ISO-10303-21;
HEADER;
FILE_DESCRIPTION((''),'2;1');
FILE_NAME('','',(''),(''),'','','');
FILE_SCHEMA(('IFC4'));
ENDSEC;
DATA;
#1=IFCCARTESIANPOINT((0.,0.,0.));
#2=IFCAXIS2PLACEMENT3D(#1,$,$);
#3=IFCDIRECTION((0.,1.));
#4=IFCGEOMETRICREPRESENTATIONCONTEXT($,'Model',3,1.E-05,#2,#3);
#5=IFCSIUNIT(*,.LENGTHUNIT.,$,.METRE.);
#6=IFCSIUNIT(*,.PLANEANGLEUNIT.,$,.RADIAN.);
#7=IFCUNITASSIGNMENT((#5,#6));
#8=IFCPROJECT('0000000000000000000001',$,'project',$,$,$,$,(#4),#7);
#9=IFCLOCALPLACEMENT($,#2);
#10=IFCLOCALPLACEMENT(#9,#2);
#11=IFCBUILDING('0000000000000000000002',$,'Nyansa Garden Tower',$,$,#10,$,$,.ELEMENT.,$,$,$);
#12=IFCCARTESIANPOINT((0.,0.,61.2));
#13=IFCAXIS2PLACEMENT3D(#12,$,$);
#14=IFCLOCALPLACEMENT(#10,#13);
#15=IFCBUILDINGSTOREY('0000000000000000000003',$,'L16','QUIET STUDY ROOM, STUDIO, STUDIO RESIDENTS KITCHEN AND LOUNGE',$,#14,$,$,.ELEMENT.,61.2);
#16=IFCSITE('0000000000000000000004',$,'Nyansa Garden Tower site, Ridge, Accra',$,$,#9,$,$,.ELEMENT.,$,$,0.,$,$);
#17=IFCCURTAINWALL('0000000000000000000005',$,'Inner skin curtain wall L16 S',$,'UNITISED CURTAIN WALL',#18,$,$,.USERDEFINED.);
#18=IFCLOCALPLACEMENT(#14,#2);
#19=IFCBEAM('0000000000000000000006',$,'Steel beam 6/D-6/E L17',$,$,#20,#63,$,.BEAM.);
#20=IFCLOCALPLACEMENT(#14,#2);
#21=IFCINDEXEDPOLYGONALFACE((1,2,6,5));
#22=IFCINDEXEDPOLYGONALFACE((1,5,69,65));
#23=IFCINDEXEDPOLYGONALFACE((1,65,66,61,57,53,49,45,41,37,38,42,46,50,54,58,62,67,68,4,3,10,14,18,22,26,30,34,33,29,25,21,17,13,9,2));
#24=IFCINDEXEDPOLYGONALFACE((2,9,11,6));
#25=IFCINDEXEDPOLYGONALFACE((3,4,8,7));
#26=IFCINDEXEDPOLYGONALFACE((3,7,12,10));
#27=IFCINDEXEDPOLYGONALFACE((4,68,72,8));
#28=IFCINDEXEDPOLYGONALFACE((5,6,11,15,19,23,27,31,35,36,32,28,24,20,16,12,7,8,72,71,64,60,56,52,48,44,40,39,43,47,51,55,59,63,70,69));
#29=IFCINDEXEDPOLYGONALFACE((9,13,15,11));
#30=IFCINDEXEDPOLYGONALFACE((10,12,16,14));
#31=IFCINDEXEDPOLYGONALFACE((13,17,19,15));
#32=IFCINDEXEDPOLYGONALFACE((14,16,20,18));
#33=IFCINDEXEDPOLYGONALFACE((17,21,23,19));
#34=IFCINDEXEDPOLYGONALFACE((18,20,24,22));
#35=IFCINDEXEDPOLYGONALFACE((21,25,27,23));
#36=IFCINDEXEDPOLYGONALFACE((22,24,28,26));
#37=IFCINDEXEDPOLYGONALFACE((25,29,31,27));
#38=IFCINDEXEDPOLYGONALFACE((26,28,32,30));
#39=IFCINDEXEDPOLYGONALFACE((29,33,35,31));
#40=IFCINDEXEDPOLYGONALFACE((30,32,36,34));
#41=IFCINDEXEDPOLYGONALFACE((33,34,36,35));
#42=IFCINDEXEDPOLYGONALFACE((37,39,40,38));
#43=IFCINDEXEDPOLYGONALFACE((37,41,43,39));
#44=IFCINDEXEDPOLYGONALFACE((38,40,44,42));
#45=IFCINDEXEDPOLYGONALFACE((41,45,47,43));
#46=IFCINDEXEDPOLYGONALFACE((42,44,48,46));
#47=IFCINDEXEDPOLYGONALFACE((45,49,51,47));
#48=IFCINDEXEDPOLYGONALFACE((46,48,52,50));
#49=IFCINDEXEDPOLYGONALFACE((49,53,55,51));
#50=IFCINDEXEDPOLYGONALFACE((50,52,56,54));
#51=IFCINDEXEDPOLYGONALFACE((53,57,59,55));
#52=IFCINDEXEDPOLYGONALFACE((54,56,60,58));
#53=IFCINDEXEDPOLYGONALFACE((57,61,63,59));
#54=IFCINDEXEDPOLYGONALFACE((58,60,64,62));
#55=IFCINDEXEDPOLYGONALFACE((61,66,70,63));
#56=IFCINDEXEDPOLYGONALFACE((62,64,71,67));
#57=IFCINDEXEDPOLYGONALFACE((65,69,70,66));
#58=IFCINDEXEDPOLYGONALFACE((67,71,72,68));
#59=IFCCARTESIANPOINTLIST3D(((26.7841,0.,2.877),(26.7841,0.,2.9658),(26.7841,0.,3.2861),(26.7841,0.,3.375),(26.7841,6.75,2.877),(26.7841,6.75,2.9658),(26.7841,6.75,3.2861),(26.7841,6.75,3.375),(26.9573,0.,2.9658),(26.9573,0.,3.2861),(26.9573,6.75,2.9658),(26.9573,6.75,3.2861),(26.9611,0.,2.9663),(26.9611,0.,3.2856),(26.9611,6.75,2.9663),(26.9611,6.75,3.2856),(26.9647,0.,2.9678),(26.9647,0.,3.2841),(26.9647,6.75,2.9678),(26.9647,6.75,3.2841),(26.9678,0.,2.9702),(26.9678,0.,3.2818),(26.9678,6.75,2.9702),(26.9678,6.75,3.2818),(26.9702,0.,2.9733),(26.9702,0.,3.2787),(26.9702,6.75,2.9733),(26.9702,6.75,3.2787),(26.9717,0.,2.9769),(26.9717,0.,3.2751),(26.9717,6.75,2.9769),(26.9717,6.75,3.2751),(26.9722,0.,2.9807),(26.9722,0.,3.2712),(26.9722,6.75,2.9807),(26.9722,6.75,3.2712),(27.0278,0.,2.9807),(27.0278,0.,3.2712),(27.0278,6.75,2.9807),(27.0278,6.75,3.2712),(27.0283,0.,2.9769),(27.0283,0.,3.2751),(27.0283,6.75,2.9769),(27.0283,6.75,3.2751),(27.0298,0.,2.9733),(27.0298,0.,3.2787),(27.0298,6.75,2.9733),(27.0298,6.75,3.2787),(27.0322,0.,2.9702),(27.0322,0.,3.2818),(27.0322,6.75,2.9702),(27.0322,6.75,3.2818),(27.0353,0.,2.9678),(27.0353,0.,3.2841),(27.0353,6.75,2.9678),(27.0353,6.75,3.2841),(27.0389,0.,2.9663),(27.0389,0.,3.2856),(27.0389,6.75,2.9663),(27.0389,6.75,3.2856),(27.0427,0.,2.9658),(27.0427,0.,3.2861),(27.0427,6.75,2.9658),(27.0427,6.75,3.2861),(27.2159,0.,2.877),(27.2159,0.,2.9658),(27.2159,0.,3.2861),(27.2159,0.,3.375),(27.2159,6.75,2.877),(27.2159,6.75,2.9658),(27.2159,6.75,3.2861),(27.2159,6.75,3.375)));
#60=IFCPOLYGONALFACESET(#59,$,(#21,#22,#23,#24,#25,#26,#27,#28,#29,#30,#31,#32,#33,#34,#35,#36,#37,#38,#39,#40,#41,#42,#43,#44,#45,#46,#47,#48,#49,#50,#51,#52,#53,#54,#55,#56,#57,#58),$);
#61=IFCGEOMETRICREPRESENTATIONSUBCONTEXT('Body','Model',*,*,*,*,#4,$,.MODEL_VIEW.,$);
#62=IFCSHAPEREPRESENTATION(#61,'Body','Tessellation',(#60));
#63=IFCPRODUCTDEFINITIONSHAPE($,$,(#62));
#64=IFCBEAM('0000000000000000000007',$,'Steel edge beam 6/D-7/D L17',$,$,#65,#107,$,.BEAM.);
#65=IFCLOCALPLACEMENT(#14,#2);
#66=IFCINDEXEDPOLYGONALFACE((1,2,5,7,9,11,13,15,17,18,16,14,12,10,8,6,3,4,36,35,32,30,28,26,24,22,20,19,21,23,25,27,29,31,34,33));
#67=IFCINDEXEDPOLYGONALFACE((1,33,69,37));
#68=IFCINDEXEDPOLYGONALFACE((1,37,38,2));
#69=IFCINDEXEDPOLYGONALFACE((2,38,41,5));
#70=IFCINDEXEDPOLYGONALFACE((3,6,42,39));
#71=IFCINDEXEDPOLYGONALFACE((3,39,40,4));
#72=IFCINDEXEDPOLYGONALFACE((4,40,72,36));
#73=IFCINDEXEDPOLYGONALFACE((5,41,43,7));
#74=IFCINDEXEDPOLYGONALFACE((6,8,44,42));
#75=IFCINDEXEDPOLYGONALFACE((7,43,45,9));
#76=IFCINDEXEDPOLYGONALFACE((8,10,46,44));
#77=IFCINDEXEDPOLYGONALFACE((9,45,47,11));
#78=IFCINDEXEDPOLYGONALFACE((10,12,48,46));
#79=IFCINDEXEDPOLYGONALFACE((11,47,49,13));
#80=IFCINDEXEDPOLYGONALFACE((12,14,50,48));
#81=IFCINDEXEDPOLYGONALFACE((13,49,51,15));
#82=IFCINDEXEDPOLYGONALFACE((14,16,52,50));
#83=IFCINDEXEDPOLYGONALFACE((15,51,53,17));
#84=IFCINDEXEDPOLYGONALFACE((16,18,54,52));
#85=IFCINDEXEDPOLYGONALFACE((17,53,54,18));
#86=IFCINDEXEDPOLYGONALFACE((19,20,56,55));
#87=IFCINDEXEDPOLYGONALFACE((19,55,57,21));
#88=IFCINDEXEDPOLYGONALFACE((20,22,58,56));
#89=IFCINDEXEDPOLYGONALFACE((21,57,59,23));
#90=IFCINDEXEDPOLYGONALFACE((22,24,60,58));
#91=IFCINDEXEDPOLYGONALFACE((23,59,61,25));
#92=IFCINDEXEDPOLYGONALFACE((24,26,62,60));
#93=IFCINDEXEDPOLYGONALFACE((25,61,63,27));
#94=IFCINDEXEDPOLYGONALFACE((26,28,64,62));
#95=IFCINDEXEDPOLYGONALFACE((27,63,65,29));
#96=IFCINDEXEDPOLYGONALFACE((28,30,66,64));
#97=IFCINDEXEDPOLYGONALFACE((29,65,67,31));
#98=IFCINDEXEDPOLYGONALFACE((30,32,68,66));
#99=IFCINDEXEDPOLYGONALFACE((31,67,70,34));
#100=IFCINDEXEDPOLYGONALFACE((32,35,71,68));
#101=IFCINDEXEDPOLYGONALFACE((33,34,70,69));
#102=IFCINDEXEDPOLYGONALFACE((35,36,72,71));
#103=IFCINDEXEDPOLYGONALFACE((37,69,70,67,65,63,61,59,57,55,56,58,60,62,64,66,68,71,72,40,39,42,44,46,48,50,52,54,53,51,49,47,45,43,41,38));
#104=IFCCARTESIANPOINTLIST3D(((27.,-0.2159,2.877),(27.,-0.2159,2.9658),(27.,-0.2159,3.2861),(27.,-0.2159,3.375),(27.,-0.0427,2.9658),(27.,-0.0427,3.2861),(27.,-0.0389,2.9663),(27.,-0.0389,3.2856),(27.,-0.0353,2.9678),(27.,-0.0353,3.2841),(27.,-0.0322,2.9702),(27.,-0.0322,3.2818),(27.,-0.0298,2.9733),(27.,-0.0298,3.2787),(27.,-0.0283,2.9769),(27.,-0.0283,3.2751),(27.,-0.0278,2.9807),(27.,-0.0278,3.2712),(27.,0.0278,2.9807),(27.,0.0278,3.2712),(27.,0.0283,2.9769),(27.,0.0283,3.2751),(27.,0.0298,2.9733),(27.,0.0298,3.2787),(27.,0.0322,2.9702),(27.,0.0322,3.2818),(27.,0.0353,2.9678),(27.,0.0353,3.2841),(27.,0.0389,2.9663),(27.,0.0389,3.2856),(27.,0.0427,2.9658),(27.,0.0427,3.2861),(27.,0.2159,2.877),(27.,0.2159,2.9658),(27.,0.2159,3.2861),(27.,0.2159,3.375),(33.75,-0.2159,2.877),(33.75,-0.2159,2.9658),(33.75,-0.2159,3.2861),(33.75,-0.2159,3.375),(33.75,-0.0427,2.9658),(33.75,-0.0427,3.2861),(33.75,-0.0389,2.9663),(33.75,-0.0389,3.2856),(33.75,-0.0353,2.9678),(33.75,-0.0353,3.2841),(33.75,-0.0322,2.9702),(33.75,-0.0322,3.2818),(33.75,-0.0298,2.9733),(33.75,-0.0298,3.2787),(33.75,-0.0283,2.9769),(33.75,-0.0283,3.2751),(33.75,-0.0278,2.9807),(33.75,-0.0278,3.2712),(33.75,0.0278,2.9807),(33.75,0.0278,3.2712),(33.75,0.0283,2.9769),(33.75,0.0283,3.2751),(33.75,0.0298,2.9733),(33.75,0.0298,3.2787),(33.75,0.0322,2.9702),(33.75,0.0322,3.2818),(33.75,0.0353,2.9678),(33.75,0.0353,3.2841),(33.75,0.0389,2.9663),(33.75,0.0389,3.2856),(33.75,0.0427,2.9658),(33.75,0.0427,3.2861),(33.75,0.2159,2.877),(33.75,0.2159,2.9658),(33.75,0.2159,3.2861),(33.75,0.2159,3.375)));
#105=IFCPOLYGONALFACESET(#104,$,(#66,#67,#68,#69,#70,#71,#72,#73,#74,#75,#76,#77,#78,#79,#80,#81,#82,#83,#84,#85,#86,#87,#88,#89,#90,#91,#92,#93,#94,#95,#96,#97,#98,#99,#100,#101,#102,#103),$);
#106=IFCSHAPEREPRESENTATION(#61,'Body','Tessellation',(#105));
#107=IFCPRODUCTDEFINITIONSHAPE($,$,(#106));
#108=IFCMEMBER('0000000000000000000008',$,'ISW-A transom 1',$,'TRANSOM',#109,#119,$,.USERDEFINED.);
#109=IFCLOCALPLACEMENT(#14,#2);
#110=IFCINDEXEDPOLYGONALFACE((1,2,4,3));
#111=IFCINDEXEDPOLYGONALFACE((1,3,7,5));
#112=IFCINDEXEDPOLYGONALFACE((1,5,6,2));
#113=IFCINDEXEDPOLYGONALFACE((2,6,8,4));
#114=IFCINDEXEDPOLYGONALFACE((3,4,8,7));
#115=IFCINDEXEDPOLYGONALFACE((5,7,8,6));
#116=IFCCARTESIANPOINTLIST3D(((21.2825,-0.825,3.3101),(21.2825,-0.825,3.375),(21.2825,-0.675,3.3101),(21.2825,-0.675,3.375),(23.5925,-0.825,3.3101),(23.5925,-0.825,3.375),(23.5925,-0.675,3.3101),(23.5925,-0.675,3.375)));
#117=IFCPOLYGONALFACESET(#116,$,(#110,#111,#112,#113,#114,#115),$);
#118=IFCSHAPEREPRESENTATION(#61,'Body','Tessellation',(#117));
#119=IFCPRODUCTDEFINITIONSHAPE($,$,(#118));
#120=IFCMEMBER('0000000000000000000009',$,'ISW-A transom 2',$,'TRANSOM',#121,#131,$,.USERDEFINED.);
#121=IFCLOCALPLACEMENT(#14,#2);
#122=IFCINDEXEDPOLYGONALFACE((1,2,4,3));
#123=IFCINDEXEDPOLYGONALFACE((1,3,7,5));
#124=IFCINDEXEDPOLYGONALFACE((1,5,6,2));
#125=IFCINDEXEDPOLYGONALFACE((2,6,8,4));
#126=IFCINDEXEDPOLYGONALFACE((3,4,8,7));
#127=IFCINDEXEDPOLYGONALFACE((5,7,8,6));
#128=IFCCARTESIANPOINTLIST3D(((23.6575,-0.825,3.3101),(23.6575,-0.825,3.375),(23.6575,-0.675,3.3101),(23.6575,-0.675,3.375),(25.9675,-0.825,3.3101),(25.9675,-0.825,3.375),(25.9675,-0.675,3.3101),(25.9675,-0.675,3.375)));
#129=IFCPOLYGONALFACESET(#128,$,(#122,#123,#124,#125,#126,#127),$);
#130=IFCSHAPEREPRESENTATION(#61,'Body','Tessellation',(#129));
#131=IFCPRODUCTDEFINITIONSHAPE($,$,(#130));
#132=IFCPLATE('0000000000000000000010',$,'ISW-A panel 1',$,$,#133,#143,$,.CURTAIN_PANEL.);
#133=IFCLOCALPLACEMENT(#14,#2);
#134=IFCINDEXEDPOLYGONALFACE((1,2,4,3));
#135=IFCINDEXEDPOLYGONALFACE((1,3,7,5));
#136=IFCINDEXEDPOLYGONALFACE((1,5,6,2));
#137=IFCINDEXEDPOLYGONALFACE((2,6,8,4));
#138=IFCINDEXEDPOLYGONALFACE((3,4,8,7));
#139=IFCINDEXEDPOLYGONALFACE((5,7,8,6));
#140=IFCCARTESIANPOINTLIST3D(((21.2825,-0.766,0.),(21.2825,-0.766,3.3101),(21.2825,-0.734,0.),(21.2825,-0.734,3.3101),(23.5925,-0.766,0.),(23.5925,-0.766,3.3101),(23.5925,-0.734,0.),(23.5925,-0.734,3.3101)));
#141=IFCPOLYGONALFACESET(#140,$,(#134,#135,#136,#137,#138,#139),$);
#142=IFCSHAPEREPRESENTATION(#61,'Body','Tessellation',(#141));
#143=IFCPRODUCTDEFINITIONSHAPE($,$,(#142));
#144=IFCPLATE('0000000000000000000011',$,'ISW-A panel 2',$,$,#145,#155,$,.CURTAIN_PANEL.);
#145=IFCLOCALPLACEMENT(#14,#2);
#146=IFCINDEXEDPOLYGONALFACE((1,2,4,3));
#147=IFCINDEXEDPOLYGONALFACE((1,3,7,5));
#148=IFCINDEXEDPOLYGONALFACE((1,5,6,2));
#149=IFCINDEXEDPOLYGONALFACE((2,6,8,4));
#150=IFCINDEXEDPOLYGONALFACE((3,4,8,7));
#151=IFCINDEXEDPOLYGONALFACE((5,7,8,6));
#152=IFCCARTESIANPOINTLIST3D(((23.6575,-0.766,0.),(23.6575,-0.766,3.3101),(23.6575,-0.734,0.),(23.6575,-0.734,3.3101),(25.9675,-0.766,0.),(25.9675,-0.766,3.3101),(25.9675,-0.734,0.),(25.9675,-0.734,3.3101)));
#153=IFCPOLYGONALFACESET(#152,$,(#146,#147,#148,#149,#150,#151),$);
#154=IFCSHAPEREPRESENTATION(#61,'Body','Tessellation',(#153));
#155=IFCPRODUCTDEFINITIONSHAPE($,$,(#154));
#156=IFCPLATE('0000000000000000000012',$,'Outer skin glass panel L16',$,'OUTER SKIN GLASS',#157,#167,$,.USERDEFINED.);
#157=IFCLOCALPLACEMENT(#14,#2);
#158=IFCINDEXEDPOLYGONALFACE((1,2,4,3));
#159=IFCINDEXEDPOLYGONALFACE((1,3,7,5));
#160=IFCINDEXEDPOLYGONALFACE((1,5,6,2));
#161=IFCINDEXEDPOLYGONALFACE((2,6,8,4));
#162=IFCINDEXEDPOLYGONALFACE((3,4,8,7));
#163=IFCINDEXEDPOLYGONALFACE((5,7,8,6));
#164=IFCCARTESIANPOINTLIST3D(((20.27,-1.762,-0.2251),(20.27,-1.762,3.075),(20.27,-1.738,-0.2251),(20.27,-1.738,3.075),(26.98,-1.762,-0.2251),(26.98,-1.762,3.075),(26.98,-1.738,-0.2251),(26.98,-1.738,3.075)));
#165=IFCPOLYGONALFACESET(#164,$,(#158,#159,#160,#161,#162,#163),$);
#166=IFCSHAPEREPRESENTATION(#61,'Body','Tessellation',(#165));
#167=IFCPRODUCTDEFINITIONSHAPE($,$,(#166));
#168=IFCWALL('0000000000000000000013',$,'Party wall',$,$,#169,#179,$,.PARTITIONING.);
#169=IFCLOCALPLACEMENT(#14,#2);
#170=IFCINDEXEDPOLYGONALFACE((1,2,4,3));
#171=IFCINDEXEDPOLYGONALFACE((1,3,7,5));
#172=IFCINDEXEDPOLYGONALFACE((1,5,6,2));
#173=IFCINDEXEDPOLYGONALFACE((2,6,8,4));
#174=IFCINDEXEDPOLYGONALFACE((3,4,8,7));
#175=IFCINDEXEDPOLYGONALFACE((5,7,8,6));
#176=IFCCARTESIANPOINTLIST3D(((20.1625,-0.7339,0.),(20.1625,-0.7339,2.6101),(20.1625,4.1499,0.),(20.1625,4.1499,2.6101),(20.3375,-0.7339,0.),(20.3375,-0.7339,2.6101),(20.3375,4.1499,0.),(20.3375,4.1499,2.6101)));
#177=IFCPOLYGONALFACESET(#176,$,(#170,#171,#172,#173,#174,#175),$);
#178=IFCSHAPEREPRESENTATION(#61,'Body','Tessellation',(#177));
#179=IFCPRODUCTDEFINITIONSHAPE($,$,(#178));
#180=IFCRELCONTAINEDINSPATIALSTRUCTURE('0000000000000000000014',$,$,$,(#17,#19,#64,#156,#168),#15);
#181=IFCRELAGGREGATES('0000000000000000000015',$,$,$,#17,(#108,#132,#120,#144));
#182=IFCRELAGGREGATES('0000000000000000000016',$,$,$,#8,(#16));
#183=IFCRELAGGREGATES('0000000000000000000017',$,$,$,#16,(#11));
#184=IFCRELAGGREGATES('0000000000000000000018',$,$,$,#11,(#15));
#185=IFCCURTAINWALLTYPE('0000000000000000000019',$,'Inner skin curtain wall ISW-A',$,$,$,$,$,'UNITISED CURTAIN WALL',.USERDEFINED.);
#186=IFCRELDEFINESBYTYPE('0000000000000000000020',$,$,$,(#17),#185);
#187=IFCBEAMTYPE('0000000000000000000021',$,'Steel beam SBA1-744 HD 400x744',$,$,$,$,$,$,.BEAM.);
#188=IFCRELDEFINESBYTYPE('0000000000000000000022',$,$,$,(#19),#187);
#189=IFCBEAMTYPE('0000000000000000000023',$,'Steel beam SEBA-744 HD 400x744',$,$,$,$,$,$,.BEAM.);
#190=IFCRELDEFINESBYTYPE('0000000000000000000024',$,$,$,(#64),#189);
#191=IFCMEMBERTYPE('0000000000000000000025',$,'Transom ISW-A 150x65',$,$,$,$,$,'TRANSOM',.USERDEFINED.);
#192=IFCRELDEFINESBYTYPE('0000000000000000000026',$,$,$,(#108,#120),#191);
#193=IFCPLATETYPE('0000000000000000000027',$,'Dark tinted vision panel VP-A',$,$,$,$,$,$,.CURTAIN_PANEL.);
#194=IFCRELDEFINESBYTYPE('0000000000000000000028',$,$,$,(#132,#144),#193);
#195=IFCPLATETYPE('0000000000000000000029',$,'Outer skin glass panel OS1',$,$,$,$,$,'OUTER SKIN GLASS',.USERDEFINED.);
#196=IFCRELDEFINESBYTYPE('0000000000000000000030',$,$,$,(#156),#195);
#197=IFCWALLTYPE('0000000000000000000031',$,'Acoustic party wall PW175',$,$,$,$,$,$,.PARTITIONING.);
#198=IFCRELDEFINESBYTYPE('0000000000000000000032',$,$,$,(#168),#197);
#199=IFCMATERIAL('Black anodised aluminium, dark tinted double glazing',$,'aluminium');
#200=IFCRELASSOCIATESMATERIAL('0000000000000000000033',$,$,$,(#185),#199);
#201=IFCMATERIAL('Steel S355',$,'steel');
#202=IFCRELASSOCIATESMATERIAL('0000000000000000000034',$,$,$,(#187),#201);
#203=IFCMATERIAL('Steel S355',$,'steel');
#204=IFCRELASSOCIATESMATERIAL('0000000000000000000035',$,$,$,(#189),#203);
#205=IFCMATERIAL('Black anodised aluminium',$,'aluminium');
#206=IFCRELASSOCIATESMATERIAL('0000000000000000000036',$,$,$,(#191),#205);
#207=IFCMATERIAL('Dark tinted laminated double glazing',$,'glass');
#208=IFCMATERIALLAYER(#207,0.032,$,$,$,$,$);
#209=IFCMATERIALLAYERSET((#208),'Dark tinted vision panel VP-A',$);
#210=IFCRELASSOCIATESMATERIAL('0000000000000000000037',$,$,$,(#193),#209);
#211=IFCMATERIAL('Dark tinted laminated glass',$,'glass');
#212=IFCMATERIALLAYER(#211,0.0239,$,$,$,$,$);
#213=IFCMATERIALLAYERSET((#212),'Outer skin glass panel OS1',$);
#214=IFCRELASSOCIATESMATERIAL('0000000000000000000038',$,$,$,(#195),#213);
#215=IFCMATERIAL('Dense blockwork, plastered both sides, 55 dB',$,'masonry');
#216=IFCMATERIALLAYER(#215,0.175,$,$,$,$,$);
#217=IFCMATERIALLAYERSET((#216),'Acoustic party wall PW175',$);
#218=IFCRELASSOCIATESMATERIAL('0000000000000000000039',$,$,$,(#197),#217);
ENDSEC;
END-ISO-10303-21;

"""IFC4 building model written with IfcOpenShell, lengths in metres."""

from ifc_helpers import new_model, si_unit, direction, frame, frame_2d, origin, origin_2d, place, context, subcontext, project, spatial, rectangle, i_section, extrude, material, layer, layer_set, material_profile, profile_set, type_object, element, aggregate, save


model = new_model("IFC4")

# Units and contexts
model_context = context("Model", 3, precision=1e-05, world=origin(), true_north=direction((0.0, 1.0)))
body_context = subcontext(model_context, "Body", "Model", "MODEL_VIEW")
ifc_project = project(units=[si_unit("LENGTHUNIT", "METRE"), si_unit("PLANEANGLEUNIT", "RADIAN")], contexts=[model_context])

# Site, building, storey
site_placement = place(None, origin())
site = spatial("IfcSite", under=ifc_project, at=site_placement, Name="Nyansa Garden Tower site, Ridge, Accra", CompositionType="ELEMENT", RefElevation=0.0)
building_placement = place(site_placement, origin())
building = spatial("IfcBuilding", under=site, at=building_placement, Name="Nyansa Garden Tower", CompositionType="ELEMENT")
storey_placement = place(building_placement, frame((0.0, 0.0, 61.2)))
storey = spatial("IfcBuildingStorey", under=building, at=storey_placement, Name="L16", Description="QUIET STUDY ROOM, STUDIO, STUDIO RESIDENTS KITCHEN AND LOUNGE", CompositionType="ELEMENT", Elevation=61.2)

# Curtain wall
ifc_material_1 = material(Name="Black anodised aluminium, dark tinted double glazing", Category="aluminium")
curtain_wall_type = type_object("IfcCurtainWallType", Name="Inner skin curtain wall ISW-A", ElementType="UNITISED CURTAIN WALL", PredefinedType="USERDEFINED", material=ifc_material_1)
curtain_wall_placement = place(storey_placement, origin())
curtain_wall = element("IfcCurtainWall", 1, at=curtain_wall_placement, inside=storey, type_object=curtain_wall_type, Name="Inner skin curtain wall L16 S", ObjectType="UNITISED CURTAIN WALL", PredefinedType="USERDEFINED")

# Beams
ifc_material_2 = material(Name="Steel S355", Category="steel")
ifc_material_profile_1 = material_profile(ifc_material_2, i_section(OverallWidth=0.4319, OverallDepth=0.498, WebThickness=0.0557, FlangeThickness=0.0889, FilletRadius=0.0149, at=origin_2d()), Name="HD 400x744")
ifc_profile_set_1 = profile_set([ifc_material_profile_1], Name="Steel S355")
beam_type_1 = type_object("IfcBeamType", Name="Steel beam SBA1-744 HD 400x744", PredefinedType="BEAM", material=ifc_profile_set_1)
beam_1_placement = place(storey_placement, frame((27.0, 0.0, 3.126), z_axis=(0.0, 1.0, 0.0), x_axis=(-1.0, 0.0, 0.0)))
element("IfcBeam", 2, at=beam_1_placement, inside=storey, type_object=beam_type_1, Name="Steel beam 6/D-6/E L17", PredefinedType="BEAM", context=body_context, shape_type="SweptSolid", body=[
    extrude(i_section(OverallWidth=0.4319, OverallDepth=0.498, WebThickness=0.0557, FlangeThickness=0.0889, FilletRadius=0.0149, at=origin_2d()), origin(), (0.0, 0.0, 1.0), 6.75),
])
ifc_material_3 = material(Name="Steel S355", Category="steel")
ifc_material_profile_2 = material_profile(ifc_material_3, i_section(OverallWidth=0.4319, OverallDepth=0.498, WebThickness=0.0557, FlangeThickness=0.0889, FilletRadius=0.0149, at=origin_2d()), Name="HD 400x744")
ifc_profile_set_2 = profile_set([ifc_material_profile_2], Name="Steel S355")
beam_type_2 = type_object("IfcBeamType", Name="Steel beam SEBA-744 HD 400x744", PredefinedType="BEAM", material=ifc_profile_set_2)
beam_2_placement = place(storey_placement, frame((27.0, 0.0, 3.126), z_axis=(1.0, 0.0, 0.0), x_axis=(0.0, 1.0, 0.0)))
element("IfcBeam", 3, at=beam_2_placement, inside=storey, type_object=beam_type_2, Name="Steel edge beam 6/D-7/D L17", PredefinedType="BEAM", context=body_context, shape_type="SweptSolid", body=[
    extrude(i_section(OverallWidth=0.4319, OverallDepth=0.498, WebThickness=0.0557, FlangeThickness=0.0889, FilletRadius=0.0149, at=origin_2d()), origin(), (0.0, 0.0, 1.0), 6.75),
])

# Members
ifc_material_4 = material(Name="Black anodised aluminium", Category="aluminium")
ifc_material_profile_3 = material_profile(ifc_material_4, rectangle(XDim=0.1499, YDim=0.0649, at=origin_2d()), Name="Transom 150x65")
ifc_profile_set_3 = profile_set([ifc_material_profile_3], Name="Black anodised aluminium")
member_type_1 = type_object("IfcMemberType", Name="Transom ISW-A 150x65", ElementType="TRANSOM", PredefinedType="USERDEFINED", material=ifc_profile_set_3)
member_1_placement = place(storey_placement, frame((21.2825, -0.75, 3.3425), z_axis=(1.0, 0.0, 0.0), x_axis=(0.0, 1.0, 0.0)))
member_1 = element("IfcMember", 4, at=member_1_placement, type_object=member_type_1, Name="ISW-A transom 1", ObjectType="TRANSOM", PredefinedType="USERDEFINED", context=body_context, shape_type="SweptSolid", body=[
    extrude(rectangle(XDim=0.1499, YDim=0.0649, at=origin_2d()), origin(), (0.0, 0.0, 1.0), 2.3101),
])
member_2_placement = place(storey_placement, frame((23.6575, -0.75, 3.3425), z_axis=(1.0, 0.0, 0.0), x_axis=(0.0, 1.0, 0.0)))
member_2 = element("IfcMember", 5, at=member_2_placement, type_object=member_type_1, Name="ISW-A transom 2", ObjectType="TRANSOM", PredefinedType="USERDEFINED", context=body_context, shape_type="SweptSolid", body=[
    extrude(rectangle(XDim=0.1499, YDim=0.0649, at=origin_2d()), origin(), (0.0, 0.0, 1.0), 2.3101),
])

# Plates
ifc_material_5 = material(Name="Dark tinted laminated double glazing", Category="glass")
ifc_layer_1 = layer(ifc_material_5, 0.032)
ifc_layer_set_1 = layer_set([ifc_layer_1], Name="Dark tinted vision panel VP-A")
plate_type_1 = type_object("IfcPlateType", Name="Dark tinted vision panel VP-A", PredefinedType="CURTAIN_PANEL", material=ifc_layer_set_1)
plate_1_placement = place(storey_placement, frame((22.4375, -0.75, 0.0), z_axis=(0.0, 0.0, 1.0), x_axis=(1.0, 0.0, 0.0)))
plate_1 = element("IfcPlate", 6, at=plate_1_placement, type_object=plate_type_1, Name="ISW-A panel 1", PredefinedType="CURTAIN_PANEL", context=body_context, shape_type="SweptSolid", body=[
    extrude(rectangle(XDim=2.3101, YDim=0.032, at=origin_2d()), origin(), (0.0, 0.0, 1.0), 3.3101),
])
plate_2_placement = place(storey_placement, frame((24.8125, -0.75, 0.0), z_axis=(0.0, 0.0, 1.0), x_axis=(1.0, 0.0, 0.0)))
plate_2 = element("IfcPlate", 7, at=plate_2_placement, type_object=plate_type_1, Name="ISW-A panel 2", PredefinedType="CURTAIN_PANEL", context=body_context, shape_type="SweptSolid", body=[
    extrude(rectangle(XDim=2.3101, YDim=0.032, at=origin_2d()), origin(), (0.0, 0.0, 1.0), 3.3101),
])
aggregate(curtain_wall, [member_1, plate_1, member_2, plate_2])
ifc_material_6 = material(Name="Dark tinted laminated glass", Category="glass")
ifc_layer_2 = layer(ifc_material_6, 0.0239)
ifc_layer_set_2 = layer_set([ifc_layer_2], Name="Outer skin glass panel OS1")
plate_type_2 = type_object("IfcPlateType", Name="Outer skin glass panel OS1", ElementType="OUTER SKIN GLASS", PredefinedType="USERDEFINED", material=ifc_layer_set_2)
plate_3_placement = place(storey_placement, frame((23.625, -1.75, -0.2251), z_axis=(0.0, 0.0, 1.0), x_axis=(1.0, 0.0, 0.0)))
element("IfcPlate", 8, at=plate_3_placement, inside=storey, type_object=plate_type_2, Name="Outer skin glass panel L16", ObjectType="OUTER SKIN GLASS", PredefinedType="USERDEFINED", context=body_context, shape_type="SweptSolid", body=[
    extrude(rectangle(XDim=6.71, YDim=0.0239, at=origin_2d()), origin(), (0.0, 0.0, 1.0), 3.3),
])

# Wall
ifc_material_7 = material(Name="Dense blockwork, plastered both sides, 55 dB", Category="masonry")
ifc_layer_3 = layer(ifc_material_7, 0.175)
ifc_layer_set_3 = layer_set([ifc_layer_3], Name="Acoustic party wall PW175")
wall_type_1 = type_object("IfcWallType", Name="Acoustic party wall PW175", PredefinedType="PARTITIONING", material=ifc_layer_set_3)
wall_1_placement = place(storey_placement, frame((20.25, -0.7339, 0.0), z_axis=(0.0, 0.0, 1.0), x_axis=(0.0, 1.0, 0.0)))
element("IfcWall", 9, at=wall_1_placement, inside=storey, type_object=wall_type_1, Name="Party wall", PredefinedType="PARTITIONING", context=body_context, shape_type="SweptSolid", body=[
    extrude(rectangle(XDim=4.8838, YDim=0.175, at=frame_2d((2.4419, 0.0))), origin(), (0.0, 0.0, 1.0), 2.6101),
])

save(model, "model.ifc")
